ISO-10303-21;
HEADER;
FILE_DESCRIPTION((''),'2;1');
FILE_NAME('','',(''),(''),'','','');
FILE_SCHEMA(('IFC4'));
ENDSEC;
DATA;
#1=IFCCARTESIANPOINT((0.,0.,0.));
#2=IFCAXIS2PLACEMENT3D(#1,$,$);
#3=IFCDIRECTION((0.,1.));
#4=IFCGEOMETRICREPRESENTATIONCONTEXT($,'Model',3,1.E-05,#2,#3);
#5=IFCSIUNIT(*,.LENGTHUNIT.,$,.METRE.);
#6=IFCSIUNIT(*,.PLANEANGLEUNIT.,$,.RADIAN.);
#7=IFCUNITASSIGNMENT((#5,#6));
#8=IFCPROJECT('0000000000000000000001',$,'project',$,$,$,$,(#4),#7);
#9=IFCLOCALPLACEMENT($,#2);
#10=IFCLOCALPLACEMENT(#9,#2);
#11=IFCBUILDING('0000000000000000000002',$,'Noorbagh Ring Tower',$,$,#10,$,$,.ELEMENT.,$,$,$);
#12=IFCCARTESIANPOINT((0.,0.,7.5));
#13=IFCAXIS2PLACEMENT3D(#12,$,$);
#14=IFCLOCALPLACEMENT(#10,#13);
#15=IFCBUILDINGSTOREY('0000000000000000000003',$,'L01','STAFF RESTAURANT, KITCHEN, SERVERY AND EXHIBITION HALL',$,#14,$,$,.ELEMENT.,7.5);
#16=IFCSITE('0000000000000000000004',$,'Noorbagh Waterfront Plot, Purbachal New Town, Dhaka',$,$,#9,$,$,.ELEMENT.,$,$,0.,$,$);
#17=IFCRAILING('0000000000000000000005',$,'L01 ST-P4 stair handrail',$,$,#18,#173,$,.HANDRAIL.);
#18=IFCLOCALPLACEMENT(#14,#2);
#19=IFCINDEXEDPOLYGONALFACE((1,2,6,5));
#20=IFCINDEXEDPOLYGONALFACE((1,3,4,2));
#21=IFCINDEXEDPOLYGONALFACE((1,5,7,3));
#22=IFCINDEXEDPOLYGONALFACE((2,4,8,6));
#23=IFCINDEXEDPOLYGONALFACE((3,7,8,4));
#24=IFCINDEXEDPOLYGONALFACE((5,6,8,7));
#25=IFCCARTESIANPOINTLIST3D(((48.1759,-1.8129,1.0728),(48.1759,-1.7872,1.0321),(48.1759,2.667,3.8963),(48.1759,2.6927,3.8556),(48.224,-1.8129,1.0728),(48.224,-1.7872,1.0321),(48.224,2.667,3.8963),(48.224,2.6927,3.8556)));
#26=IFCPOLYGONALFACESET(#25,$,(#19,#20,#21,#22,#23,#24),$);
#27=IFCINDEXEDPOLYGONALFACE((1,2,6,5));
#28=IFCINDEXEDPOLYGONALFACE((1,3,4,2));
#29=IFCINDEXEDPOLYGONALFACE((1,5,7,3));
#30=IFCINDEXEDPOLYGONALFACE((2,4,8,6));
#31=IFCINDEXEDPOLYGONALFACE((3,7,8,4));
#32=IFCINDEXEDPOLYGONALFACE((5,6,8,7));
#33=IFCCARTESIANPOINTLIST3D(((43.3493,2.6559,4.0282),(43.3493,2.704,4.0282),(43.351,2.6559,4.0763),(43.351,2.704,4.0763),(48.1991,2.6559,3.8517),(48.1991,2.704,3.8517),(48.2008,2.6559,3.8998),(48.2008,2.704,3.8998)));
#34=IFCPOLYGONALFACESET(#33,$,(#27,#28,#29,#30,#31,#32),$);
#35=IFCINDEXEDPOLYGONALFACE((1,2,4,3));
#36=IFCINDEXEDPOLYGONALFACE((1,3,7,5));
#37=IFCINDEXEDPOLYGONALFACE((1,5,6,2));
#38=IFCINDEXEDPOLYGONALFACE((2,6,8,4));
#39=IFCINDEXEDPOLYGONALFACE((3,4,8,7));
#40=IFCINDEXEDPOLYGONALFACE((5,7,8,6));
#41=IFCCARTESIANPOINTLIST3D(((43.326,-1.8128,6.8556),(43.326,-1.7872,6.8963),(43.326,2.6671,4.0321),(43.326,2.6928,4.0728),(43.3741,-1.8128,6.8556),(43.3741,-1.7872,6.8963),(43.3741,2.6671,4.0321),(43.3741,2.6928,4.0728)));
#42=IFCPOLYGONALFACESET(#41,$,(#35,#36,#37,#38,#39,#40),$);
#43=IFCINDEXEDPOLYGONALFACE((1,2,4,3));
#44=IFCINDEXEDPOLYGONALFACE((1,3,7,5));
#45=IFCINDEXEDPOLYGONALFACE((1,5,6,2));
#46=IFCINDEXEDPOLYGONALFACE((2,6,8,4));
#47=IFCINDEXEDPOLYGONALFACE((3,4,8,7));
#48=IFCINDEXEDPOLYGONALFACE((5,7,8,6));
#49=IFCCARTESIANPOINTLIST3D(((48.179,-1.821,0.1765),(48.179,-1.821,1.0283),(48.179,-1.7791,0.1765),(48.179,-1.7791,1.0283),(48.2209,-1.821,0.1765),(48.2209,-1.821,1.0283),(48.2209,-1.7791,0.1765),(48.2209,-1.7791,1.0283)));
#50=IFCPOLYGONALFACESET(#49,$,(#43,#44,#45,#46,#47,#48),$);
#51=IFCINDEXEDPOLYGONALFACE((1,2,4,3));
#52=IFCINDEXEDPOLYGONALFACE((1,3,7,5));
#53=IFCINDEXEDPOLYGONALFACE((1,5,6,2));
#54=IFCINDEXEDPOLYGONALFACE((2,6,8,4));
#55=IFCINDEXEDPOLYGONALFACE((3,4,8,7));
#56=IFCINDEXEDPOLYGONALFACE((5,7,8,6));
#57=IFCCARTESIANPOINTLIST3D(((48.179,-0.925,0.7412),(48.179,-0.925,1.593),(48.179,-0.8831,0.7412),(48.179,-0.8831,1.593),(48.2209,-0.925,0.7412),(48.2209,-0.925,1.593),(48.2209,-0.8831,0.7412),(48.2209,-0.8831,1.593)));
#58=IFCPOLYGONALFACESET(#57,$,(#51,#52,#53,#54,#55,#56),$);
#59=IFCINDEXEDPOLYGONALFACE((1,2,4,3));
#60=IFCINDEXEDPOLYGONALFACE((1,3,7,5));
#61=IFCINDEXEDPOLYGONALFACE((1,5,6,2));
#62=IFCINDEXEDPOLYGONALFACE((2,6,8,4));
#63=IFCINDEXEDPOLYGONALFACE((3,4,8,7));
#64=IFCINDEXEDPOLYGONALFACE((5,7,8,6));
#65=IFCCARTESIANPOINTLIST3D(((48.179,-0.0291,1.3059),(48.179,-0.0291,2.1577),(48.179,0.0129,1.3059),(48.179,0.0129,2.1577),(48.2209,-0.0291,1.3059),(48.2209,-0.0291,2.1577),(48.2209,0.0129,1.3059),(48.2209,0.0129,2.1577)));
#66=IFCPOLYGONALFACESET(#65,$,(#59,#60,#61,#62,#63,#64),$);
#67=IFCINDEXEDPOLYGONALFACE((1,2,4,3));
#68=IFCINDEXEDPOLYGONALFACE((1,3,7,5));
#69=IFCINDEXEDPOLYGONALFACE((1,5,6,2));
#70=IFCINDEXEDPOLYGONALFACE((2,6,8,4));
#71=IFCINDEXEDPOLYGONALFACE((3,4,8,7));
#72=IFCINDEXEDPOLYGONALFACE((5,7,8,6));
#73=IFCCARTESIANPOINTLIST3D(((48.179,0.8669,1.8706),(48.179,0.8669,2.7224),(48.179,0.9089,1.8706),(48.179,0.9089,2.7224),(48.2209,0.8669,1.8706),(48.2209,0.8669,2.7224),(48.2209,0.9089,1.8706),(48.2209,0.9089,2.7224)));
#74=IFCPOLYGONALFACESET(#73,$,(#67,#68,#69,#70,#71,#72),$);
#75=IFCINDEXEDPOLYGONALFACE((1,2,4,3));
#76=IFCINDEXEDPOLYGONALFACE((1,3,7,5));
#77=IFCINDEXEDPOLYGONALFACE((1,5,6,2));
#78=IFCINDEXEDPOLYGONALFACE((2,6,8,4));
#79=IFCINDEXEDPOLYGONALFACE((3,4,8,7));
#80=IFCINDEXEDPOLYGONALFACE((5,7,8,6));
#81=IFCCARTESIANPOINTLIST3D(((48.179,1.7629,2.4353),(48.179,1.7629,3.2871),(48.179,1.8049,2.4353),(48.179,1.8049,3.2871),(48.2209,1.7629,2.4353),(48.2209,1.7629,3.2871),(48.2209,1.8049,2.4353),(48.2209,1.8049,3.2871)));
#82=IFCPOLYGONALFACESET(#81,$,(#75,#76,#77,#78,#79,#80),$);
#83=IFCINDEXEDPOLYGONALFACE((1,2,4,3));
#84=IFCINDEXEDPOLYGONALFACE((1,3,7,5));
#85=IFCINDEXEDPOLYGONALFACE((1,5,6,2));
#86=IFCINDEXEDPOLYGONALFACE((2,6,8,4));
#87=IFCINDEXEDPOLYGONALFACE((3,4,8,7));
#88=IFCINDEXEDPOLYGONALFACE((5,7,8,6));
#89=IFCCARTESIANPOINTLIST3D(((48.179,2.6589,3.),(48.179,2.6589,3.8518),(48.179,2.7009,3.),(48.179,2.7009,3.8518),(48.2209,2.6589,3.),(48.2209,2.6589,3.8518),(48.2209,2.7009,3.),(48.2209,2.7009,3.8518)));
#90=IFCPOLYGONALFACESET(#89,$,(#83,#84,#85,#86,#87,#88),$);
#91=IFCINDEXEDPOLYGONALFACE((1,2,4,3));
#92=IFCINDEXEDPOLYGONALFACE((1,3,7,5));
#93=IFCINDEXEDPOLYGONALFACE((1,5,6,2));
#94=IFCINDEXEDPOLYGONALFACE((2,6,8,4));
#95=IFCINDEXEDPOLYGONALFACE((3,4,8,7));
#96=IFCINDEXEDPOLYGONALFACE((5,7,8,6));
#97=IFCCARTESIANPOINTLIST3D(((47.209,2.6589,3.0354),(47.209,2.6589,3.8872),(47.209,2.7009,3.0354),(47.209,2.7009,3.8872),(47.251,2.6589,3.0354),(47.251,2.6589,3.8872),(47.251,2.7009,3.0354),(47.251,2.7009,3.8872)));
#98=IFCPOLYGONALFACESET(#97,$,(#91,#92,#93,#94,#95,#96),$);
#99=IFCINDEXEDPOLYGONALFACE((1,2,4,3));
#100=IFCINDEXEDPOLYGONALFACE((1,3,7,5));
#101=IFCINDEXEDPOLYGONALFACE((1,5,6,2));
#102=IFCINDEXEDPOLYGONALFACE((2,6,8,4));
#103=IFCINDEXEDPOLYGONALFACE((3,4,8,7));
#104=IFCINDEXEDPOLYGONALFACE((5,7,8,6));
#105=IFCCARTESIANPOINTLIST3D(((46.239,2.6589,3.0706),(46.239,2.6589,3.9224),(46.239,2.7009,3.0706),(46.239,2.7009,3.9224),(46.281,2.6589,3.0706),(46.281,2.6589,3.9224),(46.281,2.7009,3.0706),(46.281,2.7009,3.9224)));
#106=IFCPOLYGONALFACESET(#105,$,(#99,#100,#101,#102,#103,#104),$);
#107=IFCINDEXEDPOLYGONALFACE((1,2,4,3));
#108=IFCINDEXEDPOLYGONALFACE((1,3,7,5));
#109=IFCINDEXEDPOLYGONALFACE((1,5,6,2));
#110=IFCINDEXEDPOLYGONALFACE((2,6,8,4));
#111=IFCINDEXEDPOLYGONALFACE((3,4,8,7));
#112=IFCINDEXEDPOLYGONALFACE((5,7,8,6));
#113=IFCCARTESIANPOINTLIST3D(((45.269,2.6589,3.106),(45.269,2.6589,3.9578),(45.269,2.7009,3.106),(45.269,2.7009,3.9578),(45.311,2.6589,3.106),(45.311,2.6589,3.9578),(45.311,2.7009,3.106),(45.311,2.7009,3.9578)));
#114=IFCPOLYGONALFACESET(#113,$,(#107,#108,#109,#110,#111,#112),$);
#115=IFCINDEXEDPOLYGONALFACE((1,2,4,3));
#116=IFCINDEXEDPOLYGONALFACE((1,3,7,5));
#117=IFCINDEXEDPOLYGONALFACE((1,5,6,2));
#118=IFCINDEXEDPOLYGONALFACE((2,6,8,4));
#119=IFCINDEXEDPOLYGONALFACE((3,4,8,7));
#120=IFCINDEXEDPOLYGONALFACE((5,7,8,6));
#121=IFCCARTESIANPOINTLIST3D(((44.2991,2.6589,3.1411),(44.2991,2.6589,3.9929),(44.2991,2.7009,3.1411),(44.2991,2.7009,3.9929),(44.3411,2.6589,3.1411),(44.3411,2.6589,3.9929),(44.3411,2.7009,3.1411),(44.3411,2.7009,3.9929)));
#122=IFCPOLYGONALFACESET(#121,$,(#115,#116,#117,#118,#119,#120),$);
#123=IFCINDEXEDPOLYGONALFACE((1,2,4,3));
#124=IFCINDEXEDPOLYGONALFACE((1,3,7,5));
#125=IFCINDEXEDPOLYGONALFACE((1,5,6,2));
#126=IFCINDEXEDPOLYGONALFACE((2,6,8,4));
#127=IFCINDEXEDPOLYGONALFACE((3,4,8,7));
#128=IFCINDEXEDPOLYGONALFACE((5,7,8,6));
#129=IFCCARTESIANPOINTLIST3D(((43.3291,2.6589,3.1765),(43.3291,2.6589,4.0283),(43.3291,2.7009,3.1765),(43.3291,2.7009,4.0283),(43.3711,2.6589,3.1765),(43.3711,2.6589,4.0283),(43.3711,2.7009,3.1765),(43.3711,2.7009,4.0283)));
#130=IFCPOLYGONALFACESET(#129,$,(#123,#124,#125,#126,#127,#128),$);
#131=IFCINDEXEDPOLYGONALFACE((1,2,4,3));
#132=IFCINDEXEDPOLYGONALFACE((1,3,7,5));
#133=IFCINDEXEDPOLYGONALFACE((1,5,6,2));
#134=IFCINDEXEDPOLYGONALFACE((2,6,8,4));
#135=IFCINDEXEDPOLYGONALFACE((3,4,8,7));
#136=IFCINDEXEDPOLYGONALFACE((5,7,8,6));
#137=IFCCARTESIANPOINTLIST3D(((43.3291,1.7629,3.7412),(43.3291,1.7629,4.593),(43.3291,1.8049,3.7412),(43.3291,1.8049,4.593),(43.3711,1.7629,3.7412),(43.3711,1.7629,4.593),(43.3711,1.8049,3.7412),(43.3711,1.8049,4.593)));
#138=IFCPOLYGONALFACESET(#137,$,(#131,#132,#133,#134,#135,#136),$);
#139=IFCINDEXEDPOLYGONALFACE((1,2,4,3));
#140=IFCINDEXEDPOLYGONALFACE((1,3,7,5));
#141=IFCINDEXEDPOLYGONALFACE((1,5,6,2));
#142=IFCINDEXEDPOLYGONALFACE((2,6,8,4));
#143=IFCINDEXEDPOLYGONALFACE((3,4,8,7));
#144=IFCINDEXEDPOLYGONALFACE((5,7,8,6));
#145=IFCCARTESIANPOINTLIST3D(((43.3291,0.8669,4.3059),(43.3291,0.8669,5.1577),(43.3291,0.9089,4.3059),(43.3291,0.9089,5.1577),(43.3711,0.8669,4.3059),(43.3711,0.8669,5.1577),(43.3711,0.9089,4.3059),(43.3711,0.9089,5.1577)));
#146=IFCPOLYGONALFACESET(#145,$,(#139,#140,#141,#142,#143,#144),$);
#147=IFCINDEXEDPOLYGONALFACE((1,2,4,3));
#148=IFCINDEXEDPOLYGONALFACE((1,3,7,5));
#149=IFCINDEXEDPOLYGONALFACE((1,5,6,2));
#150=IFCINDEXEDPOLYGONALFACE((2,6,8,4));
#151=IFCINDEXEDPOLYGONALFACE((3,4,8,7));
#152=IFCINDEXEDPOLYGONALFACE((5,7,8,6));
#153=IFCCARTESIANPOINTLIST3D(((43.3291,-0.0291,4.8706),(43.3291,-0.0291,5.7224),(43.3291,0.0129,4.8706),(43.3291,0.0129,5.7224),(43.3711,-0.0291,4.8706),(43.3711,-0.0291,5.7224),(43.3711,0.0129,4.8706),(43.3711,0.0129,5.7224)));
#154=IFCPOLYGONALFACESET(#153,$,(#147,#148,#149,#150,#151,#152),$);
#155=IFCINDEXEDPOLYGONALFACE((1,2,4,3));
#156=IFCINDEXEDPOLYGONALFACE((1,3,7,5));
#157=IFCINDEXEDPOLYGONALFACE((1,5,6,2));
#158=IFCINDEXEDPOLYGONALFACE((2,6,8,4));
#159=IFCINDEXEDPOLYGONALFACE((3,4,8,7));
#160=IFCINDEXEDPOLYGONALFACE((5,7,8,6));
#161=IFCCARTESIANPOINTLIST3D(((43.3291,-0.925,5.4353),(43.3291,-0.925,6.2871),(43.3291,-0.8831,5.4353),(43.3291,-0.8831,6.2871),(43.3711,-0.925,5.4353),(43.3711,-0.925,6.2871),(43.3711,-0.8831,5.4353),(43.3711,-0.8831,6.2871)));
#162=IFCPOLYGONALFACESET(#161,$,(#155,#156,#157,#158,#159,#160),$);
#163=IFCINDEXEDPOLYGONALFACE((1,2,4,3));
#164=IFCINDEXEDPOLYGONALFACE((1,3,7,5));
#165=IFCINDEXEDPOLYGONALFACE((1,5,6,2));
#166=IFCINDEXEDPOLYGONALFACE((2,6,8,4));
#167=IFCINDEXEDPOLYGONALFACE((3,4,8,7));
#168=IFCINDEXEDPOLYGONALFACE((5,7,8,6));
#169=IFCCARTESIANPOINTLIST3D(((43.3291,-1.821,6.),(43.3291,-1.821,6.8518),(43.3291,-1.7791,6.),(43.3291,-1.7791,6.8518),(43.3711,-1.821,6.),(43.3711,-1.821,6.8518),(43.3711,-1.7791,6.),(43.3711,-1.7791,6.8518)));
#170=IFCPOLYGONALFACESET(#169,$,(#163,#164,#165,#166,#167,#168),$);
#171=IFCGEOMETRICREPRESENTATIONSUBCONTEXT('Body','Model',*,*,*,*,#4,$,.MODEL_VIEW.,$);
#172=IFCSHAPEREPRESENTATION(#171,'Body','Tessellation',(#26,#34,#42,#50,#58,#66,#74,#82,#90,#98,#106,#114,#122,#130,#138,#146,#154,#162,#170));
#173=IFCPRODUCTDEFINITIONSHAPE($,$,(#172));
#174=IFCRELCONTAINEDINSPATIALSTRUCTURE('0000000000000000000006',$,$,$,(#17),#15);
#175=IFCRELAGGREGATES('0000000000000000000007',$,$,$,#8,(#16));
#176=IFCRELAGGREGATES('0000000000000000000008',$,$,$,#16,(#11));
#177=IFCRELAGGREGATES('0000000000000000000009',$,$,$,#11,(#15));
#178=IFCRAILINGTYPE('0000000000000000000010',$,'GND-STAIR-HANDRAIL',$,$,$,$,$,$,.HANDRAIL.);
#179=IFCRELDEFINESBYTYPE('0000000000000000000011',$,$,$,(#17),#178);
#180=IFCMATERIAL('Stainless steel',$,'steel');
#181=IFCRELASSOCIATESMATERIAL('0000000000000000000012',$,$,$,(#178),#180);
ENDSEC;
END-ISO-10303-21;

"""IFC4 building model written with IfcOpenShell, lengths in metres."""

from ifc_helpers import new_model, si_unit, direction, frame, origin, origin_2d, place, context, subcontext, project, spatial, rectangle, extrude, material, type_object, element, save


model = new_model("IFC4")

# Units and contexts
model_context = context("Model", 3, precision=1e-05, world=origin(), true_north=direction((0.0, 1.0)))
body_context = subcontext(model_context, "Body", "Model", "MODEL_VIEW")
ifc_project = project(units=[si_unit("LENGTHUNIT", "METRE"), si_unit("PLANEANGLEUNIT", "RADIAN")], contexts=[model_context])

# Site, building, storey
site_placement = place(None, origin())
site = spatial("IfcSite", under=ifc_project, at=site_placement, Name="Noorbagh Waterfront Plot, Purbachal New Town, Dhaka", CompositionType="ELEMENT", RefElevation=0.0)
building_placement = place(site_placement, origin())
building = spatial("IfcBuilding", under=site, at=building_placement, Name="Noorbagh Ring Tower", CompositionType="ELEMENT")
storey_placement = place(building_placement, frame((0.0, 0.0, 7.5)))
storey = spatial("IfcBuildingStorey", under=building, at=storey_placement, Name="L01", Description="STAFF RESTAURANT, KITCHEN, SERVERY AND EXHIBITION HALL", CompositionType="ELEMENT", Elevation=7.5)

# Railing
ifc_material_1 = material(Name="Stainless steel", Category="steel")
railing_type_1 = type_object("IfcRailingType", Name="GND-STAIR-HANDRAIL", PredefinedType="HANDRAIL", material=ifc_material_1)
railing_1_placement = place(storey_placement, frame((48.2, -1.8, 0.1765)))
element("IfcRailing", 1, at=railing_1_placement, inside=storey, type_object=railing_type_1, Name="L01 ST-P4 stair handrail", PredefinedType="HANDRAIL", context=body_context, shape_type="SweptSolid", body=[
    extrude(rectangle(XDim=0.0481, YDim=0.0481, at=origin_2d()), frame((0.0, 0.0, 0.876), z_axis=(0.0, 0.845998, 0.533186), x_axis=(-1.0, 0.0, 0.0)), (0.0, 0.0, 1.0), 5.2954),
    extrude(rectangle(XDim=0.0481, YDim=0.0481, at=origin_2d()), frame((0.0, 4.48, 3.6992), z_axis=(-0.999338, 0.0, 0.036372), x_axis=(0.0, -1.0, 0.0)), (0.0, 0.0, 1.0), 4.853),
    extrude(rectangle(XDim=0.0481, YDim=0.0481, at=origin_2d()), frame((-4.8499, 4.48, 3.876), z_axis=(0.0, -0.845998, 0.533186), x_axis=(1.0, 0.0, 0.0)), (0.0, 0.0, 1.0), 5.2954),
    extrude(rectangle(XDim=0.042, YDim=0.042, at=origin_2d()), origin(), (0.0, 0.0, 1.0), 0.8518),
    extrude(rectangle(XDim=0.042, YDim=0.042, at=origin_2d()), frame((0.0, 0.896, 0.5647)), (0.0, 0.0, 1.0), 0.8518),
    extrude(rectangle(XDim=0.042, YDim=0.042, at=origin_2d()), frame((0.0, 1.792, 1.1294)), (0.0, 0.0, 1.0), 0.8518),
    extrude(rectangle(XDim=0.042, YDim=0.042, at=origin_2d()), frame((0.0, 2.688, 1.6941)), (0.0, 0.0, 1.0), 0.8518),
    extrude(rectangle(XDim=0.042, YDim=0.042, at=origin_2d()), frame((0.0, 3.584, 2.2588)), (0.0, 0.0, 1.0), 0.8518),
    extrude(rectangle(XDim=0.042, YDim=0.042, at=origin_2d()), frame((0.0, 4.48, 2.8235)), (0.0, 0.0, 1.0), 0.8518),
    extrude(rectangle(XDim=0.042, YDim=0.042, at=origin_2d()), frame((-0.97, 4.48, 2.8589)), (0.0, 0.0, 1.0), 0.8518),
    extrude(rectangle(XDim=0.042, YDim=0.042, at=origin_2d()), frame((-1.9399, 4.48, 2.894)), (0.0, 0.0, 1.0), 0.8518),
    extrude(rectangle(XDim=0.042, YDim=0.042, at=origin_2d()), frame((-2.9099, 4.48, 2.9294)), (0.0, 0.0, 1.0), 0.8518),
    extrude(rectangle(XDim=0.042, YDim=0.042, at=origin_2d()), frame((-3.8799, 4.48, 2.9646)), (0.0, 0.0, 1.0), 0.8518),
    extrude(rectangle(XDim=0.042, YDim=0.042, at=origin_2d()), frame((-4.8499, 4.48, 3.0)), (0.0, 0.0, 1.0), 0.8518),
    extrude(rectangle(XDim=0.042, YDim=0.042, at=origin_2d()), frame((-4.8499, 3.584, 3.5647)), (0.0, 0.0, 1.0), 0.8518),
    extrude(rectangle(XDim=0.042, YDim=0.042, at=origin_2d()), frame((-4.8499, 2.688, 4.1294)), (0.0, 0.0, 1.0), 0.8518),
    extrude(rectangle(XDim=0.042, YDim=0.042, at=origin_2d()), frame((-4.8499, 1.792, 4.6941)), (0.0, 0.0, 1.0), 0.8518),
    extrude(rectangle(XDim=0.042, YDim=0.042, at=origin_2d()), frame((-4.8499, 0.896, 5.2588)), (0.0, 0.0, 1.0), 0.8518),
    extrude(rectangle(XDim=0.042, YDim=0.042, at=origin_2d()), frame((-4.8499, 0.0, 5.8235)), (0.0, 0.0, 1.0), 0.8518),
])

save(model, "model.ifc")
